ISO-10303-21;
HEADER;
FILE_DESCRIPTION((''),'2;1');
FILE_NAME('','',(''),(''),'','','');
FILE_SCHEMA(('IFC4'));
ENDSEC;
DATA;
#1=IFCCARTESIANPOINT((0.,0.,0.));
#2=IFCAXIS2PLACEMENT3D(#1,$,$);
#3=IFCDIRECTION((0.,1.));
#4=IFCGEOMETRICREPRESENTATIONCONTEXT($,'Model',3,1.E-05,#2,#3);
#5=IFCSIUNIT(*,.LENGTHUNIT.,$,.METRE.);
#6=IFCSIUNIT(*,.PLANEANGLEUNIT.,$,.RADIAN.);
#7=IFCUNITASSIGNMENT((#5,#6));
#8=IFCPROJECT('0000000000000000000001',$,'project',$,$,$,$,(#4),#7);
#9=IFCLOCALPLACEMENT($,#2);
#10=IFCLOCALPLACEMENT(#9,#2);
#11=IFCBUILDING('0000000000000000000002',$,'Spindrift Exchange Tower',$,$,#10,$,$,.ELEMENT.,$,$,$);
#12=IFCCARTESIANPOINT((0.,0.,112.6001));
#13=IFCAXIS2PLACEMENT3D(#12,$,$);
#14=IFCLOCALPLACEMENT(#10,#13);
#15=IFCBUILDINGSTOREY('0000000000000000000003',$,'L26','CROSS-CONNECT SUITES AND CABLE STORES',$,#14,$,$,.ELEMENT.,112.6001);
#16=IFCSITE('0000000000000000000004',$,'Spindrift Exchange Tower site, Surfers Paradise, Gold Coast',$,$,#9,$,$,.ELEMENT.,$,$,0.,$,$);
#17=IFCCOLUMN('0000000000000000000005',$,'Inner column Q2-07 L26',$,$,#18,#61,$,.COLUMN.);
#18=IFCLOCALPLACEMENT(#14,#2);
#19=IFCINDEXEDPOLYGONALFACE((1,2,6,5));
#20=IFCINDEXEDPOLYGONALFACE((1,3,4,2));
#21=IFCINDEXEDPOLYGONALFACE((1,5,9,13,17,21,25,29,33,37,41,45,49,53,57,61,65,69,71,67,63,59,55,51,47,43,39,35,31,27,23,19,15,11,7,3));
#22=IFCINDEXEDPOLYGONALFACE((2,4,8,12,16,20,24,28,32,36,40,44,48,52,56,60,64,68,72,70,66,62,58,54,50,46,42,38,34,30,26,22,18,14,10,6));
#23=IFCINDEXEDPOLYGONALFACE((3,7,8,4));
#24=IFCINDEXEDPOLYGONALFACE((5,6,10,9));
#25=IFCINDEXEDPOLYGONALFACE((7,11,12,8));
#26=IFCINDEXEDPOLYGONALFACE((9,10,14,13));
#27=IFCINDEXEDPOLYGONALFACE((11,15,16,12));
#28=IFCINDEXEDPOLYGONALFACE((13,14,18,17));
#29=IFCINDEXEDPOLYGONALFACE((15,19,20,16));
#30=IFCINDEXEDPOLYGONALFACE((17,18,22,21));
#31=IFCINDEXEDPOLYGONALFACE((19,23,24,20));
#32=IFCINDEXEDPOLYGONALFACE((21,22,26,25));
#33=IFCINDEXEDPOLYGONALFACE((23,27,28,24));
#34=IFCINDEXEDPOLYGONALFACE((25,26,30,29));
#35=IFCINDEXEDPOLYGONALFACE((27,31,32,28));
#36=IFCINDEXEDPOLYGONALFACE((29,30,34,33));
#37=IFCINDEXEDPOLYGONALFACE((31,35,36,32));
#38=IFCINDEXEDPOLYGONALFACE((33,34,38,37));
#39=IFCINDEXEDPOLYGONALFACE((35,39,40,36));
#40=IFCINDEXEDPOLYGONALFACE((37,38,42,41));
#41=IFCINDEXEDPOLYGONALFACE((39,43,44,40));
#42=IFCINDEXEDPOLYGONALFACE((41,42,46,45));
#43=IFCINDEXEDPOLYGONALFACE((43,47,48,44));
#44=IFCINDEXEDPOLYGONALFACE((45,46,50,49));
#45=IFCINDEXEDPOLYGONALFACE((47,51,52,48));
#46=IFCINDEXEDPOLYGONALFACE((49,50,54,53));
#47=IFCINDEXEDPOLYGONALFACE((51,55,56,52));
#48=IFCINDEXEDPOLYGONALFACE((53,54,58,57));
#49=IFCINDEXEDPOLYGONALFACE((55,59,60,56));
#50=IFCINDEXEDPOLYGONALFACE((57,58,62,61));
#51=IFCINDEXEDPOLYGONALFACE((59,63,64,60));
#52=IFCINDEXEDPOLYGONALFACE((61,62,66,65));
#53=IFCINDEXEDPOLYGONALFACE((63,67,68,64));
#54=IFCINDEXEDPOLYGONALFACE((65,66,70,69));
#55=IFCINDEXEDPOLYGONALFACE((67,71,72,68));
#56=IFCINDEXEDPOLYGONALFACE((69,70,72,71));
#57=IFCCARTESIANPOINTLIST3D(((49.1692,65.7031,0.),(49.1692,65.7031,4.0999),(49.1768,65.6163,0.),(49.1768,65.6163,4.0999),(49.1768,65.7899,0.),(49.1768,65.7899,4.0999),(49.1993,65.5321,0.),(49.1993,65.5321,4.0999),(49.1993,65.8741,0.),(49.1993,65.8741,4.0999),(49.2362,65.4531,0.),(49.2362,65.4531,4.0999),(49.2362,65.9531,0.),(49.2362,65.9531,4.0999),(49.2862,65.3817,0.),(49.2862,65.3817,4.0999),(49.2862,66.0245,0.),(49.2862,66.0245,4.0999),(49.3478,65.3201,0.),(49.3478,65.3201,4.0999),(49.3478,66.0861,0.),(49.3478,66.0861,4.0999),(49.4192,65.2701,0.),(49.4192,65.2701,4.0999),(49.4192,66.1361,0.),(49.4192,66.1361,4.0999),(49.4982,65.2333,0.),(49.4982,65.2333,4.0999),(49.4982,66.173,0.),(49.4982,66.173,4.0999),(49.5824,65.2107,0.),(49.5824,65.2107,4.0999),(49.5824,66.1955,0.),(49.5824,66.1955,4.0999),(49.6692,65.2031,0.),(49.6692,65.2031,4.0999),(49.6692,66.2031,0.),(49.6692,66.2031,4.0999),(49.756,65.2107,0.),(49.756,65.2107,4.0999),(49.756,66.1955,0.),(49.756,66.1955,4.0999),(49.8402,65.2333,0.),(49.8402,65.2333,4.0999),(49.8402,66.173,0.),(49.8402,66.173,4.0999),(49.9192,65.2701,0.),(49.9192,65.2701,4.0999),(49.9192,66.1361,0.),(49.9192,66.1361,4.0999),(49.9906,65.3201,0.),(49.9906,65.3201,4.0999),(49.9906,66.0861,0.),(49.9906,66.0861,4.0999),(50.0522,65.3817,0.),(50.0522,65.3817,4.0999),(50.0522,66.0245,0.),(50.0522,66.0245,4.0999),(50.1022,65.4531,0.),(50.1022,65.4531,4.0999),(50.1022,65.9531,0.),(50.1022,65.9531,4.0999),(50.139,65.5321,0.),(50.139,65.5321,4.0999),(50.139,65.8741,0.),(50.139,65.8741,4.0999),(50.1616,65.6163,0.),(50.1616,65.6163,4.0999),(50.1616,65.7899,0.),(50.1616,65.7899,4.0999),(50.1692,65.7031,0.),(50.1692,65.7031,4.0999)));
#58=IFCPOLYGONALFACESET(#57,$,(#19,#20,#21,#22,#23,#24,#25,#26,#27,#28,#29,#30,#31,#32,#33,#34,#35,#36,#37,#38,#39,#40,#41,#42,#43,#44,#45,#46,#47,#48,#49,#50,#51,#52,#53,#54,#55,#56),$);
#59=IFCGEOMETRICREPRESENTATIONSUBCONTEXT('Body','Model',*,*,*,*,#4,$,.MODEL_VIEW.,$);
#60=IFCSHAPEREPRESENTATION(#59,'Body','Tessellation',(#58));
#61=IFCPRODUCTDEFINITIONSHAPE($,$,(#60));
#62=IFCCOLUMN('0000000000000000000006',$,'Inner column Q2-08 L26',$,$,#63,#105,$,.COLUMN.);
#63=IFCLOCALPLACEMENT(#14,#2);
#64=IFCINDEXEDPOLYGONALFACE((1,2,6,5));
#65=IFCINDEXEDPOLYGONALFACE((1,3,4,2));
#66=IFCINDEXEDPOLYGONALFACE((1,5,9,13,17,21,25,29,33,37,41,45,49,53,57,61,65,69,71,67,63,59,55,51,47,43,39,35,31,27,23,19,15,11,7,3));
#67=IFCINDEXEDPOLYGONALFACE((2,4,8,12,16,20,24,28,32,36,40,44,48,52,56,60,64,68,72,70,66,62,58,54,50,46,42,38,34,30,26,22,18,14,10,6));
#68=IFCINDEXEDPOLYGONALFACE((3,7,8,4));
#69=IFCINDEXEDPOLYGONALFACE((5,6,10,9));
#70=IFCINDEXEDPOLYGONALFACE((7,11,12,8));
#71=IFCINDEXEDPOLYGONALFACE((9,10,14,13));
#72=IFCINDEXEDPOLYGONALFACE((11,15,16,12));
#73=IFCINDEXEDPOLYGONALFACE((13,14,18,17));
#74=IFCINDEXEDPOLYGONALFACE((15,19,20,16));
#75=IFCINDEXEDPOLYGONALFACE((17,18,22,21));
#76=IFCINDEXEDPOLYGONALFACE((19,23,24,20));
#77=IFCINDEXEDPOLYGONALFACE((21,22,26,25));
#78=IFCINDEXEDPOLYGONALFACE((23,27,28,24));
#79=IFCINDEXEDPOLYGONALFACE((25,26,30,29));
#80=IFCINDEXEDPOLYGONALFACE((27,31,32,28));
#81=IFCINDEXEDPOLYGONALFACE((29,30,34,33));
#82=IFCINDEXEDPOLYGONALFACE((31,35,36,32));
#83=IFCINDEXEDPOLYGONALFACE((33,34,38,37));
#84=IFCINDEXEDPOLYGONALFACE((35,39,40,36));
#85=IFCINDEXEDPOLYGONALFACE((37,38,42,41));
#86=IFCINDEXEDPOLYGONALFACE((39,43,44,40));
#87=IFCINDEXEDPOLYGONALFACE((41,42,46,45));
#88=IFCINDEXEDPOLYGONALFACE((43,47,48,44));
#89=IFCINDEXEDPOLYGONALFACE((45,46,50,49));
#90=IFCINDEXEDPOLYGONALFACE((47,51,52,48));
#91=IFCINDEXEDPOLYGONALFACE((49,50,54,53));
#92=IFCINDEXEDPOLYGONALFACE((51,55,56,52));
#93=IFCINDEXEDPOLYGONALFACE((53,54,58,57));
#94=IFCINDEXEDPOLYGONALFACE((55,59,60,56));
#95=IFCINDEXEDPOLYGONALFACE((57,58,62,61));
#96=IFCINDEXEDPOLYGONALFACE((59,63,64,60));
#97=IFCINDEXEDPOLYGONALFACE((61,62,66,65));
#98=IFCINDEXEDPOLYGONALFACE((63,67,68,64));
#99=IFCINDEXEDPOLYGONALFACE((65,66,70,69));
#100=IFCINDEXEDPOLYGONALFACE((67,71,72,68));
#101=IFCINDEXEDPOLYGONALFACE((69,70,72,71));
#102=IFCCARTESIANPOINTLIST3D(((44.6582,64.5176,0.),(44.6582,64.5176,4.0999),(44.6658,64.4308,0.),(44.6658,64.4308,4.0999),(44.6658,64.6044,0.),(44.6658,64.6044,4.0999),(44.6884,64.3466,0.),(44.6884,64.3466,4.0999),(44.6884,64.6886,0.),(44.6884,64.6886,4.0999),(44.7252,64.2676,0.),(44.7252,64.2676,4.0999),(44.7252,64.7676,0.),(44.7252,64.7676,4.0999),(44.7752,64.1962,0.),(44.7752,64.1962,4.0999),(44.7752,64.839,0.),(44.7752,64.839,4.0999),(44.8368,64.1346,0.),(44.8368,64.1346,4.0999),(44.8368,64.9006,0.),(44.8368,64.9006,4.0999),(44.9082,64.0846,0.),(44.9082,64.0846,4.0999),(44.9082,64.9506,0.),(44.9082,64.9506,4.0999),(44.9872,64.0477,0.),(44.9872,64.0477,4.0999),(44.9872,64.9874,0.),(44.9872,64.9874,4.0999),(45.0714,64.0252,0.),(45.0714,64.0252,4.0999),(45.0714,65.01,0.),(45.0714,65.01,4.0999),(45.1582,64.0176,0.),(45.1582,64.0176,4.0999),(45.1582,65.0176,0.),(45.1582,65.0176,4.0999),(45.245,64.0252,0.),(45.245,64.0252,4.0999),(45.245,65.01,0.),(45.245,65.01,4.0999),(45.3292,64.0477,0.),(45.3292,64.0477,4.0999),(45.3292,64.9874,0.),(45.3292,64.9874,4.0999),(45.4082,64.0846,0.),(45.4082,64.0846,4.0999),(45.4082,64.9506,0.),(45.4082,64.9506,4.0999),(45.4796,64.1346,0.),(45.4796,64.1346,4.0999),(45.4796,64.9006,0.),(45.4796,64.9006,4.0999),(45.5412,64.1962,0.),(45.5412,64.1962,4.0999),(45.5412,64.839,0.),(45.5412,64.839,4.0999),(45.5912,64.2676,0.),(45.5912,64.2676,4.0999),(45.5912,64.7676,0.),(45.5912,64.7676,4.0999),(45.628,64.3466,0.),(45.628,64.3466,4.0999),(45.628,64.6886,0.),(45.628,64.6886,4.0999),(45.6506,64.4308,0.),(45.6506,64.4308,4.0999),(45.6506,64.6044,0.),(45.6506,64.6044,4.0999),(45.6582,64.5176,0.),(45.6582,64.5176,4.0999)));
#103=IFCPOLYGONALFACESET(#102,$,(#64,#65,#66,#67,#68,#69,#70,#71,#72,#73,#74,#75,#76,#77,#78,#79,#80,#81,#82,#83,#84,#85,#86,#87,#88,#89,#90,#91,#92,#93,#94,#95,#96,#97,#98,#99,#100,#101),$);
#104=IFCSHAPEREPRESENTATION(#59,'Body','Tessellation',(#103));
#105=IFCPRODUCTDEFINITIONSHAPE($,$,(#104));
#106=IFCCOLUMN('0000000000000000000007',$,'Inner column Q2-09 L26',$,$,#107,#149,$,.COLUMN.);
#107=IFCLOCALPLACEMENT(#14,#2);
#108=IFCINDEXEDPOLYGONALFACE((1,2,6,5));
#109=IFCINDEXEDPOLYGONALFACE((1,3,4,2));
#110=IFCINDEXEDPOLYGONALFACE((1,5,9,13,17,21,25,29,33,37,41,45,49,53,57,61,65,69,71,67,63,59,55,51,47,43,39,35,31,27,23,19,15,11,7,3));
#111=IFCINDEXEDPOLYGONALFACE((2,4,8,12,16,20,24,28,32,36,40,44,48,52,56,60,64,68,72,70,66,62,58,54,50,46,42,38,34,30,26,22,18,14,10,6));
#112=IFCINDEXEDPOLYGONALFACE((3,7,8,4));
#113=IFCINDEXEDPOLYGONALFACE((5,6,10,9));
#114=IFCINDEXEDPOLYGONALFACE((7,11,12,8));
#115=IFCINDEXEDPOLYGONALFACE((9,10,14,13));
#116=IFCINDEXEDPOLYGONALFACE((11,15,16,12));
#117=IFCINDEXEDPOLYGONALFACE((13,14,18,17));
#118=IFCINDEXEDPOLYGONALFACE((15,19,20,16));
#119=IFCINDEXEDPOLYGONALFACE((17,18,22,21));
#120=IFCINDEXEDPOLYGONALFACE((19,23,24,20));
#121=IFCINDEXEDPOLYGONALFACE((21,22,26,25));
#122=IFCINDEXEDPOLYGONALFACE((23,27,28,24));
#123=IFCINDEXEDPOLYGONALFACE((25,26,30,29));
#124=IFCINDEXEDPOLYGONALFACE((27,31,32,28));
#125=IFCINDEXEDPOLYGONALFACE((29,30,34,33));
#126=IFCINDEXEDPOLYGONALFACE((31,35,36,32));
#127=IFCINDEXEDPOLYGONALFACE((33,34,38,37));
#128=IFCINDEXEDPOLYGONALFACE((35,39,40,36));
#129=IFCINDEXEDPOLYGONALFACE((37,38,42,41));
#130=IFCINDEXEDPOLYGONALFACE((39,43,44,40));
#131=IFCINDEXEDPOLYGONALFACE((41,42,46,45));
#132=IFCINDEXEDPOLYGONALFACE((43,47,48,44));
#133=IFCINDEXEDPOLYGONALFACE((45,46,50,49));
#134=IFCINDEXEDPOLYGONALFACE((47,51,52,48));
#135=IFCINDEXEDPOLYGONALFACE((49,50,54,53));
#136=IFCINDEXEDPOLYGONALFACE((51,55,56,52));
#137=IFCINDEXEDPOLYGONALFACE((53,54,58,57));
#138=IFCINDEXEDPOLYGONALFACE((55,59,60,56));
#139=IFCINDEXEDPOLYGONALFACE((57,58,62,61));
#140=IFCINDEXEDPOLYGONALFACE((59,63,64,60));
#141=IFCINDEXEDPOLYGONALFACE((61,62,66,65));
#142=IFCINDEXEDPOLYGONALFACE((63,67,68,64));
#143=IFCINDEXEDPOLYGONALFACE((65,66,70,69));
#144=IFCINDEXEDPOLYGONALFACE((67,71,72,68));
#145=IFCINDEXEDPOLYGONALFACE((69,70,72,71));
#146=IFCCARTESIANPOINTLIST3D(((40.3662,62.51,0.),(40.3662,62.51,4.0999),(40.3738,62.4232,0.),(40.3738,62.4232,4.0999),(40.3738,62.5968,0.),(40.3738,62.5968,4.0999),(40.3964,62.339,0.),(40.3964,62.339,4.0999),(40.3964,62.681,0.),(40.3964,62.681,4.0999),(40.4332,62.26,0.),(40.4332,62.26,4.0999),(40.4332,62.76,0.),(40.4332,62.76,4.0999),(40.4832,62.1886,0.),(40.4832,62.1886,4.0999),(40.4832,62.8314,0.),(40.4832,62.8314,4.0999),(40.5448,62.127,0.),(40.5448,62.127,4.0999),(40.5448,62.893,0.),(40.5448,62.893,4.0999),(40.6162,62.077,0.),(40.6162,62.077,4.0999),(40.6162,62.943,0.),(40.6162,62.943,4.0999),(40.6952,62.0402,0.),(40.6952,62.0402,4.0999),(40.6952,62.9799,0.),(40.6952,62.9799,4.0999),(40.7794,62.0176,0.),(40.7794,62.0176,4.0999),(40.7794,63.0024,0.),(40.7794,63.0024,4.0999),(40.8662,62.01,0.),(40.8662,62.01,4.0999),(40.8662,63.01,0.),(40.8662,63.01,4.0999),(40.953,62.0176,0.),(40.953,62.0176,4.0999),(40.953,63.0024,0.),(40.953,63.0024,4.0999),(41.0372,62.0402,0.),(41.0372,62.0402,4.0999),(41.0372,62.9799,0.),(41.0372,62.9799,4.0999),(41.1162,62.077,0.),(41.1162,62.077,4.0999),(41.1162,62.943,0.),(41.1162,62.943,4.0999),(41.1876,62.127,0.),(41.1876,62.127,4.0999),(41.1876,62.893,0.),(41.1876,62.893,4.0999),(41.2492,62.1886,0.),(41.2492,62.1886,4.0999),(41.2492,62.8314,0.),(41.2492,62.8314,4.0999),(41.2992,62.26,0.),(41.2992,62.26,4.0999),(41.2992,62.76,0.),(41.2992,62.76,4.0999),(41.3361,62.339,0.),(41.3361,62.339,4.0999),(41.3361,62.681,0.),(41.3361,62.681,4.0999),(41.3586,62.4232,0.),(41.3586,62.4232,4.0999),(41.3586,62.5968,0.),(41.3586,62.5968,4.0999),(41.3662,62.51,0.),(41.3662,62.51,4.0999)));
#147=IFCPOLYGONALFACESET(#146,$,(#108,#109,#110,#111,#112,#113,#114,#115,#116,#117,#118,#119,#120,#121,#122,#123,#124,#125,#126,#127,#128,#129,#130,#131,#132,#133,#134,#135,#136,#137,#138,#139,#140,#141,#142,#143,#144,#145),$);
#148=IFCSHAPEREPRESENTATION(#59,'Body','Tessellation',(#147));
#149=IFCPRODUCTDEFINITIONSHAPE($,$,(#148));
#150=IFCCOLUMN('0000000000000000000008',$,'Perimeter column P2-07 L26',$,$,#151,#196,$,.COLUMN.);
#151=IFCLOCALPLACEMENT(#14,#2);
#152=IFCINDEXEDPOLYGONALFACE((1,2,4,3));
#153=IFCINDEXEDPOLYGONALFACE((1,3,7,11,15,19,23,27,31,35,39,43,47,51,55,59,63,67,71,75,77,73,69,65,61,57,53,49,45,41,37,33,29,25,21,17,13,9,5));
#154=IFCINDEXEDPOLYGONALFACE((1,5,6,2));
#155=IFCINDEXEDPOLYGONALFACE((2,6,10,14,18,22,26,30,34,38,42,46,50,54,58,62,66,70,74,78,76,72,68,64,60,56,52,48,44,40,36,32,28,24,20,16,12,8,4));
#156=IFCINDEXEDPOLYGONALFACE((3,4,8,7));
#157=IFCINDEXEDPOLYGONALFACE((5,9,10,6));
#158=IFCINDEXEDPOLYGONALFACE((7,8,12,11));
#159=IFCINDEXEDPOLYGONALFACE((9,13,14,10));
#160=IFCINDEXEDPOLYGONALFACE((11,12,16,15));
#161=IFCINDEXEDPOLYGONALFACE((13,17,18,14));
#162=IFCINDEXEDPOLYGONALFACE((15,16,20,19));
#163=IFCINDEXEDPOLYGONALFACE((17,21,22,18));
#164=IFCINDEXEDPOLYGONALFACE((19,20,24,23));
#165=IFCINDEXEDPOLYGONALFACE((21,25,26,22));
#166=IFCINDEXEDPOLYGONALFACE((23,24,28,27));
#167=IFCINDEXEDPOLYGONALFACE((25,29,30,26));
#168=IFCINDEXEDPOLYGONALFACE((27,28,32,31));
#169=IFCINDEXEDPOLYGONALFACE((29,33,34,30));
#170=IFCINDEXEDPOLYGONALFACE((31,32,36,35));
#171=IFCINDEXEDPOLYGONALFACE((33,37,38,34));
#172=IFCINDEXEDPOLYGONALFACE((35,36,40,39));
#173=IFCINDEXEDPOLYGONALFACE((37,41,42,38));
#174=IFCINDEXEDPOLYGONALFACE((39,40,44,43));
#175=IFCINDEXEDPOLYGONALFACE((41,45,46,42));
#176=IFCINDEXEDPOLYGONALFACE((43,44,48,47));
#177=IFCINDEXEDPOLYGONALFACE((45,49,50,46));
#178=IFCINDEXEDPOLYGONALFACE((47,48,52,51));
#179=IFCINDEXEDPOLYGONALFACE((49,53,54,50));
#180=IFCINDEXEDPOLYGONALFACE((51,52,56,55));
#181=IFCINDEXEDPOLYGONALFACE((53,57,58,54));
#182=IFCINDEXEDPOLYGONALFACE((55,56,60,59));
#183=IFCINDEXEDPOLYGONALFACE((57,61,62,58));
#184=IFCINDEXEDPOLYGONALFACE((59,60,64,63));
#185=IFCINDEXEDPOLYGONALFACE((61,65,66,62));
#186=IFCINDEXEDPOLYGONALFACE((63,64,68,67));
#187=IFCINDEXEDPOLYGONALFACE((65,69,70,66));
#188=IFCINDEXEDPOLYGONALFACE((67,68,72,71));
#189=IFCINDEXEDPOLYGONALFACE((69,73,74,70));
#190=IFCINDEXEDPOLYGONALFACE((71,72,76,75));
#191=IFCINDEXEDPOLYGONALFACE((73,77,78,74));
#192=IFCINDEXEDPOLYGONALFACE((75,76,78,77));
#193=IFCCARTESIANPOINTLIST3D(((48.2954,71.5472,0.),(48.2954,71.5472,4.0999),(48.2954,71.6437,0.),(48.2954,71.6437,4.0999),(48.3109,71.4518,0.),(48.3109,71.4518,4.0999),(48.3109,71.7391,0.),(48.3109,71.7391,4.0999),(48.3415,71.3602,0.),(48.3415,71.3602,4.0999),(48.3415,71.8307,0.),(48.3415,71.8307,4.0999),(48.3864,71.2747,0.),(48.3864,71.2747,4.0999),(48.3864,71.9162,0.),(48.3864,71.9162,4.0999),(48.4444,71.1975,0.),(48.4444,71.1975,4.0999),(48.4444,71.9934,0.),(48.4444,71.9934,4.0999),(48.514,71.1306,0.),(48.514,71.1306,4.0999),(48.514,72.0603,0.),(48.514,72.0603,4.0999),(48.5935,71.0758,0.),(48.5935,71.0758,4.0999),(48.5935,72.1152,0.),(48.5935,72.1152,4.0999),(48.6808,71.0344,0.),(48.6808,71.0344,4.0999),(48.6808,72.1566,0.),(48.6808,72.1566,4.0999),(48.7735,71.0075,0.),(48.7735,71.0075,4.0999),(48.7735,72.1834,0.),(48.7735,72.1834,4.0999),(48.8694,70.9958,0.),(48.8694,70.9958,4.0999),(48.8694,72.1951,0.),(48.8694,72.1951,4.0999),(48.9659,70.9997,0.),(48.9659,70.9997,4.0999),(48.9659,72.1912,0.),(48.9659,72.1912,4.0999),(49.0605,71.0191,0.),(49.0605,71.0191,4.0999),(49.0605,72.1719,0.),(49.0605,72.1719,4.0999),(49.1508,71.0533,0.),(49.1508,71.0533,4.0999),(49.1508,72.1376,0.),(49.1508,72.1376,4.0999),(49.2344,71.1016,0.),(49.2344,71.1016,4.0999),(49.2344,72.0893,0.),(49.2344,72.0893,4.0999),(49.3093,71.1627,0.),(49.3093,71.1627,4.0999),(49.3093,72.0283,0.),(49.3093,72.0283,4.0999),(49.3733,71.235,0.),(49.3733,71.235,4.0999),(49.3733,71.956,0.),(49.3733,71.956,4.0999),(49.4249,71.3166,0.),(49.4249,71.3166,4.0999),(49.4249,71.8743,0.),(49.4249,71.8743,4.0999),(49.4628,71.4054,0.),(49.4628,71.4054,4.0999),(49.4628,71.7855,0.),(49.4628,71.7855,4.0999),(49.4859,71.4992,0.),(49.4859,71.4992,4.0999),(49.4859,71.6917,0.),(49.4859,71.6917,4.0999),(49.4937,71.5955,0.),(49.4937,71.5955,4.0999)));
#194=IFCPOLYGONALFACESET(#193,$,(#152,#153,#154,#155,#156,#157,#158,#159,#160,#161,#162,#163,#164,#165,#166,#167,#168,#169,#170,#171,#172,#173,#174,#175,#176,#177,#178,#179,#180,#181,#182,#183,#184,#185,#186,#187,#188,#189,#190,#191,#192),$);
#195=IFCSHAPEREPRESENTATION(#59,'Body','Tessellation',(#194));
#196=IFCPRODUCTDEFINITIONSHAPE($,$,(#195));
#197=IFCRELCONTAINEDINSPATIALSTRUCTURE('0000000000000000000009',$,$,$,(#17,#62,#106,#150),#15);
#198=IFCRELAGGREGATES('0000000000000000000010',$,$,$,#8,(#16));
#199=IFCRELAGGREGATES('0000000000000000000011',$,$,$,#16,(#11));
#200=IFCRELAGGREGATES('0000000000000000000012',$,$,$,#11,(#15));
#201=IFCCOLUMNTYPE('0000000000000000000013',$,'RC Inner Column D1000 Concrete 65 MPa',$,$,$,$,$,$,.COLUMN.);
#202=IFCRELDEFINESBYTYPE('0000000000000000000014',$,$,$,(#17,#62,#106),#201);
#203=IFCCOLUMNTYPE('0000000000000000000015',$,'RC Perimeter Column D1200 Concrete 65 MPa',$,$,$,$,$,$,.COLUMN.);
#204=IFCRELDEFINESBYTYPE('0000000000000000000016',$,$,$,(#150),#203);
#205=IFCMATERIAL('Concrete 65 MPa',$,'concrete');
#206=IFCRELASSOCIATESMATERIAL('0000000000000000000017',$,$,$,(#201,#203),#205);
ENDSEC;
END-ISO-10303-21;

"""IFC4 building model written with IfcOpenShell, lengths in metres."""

from ifc_helpers import new_model, si_unit, direction, frame, origin, origin_2d, place, context, subcontext, project, spatial, circle, extrude, source, transform, mapped, material, material_profile, profile_set, type_object, element, save


model = new_model("IFC4")

# Units and contexts
model_context = context("Model", 3, precision=1e-05, world=origin(), true_north=direction((0.0, 1.0)))
body_context = subcontext(model_context, "Body", "Model", "MODEL_VIEW")
ifc_project = project(units=[si_unit("LENGTHUNIT", "METRE"), si_unit("PLANEANGLEUNIT", "RADIAN")], contexts=[model_context])

# Site, building, storey
site_placement = place(None, origin())
site = spatial("IfcSite", under=ifc_project, at=site_placement, Name="Spindrift Exchange Tower site, Surfers Paradise, Gold Coast", CompositionType="ELEMENT", RefElevation=0.0)
building_placement = place(site_placement, origin())
building = spatial("IfcBuilding", under=site, at=building_placement, Name="Spindrift Exchange Tower", CompositionType="ELEMENT")
storey_placement = place(building_placement, frame((0.0, 0.0, 112.6001)))
storey = spatial("IfcBuildingStorey", under=building, at=storey_placement, Name="L26", Description="CROSS-CONNECT SUITES AND CABLE STORES", CompositionType="ELEMENT", Elevation=112.6001)

# Columns
ifc_material_1 = material(Name="Concrete 65 MPa", Category="concrete")
ifc_material_profile_1 = material_profile(ifc_material_1, circle(Radius=0.5, at=origin_2d()), Name="RC D1000")
ifc_profile_set_1 = profile_set([ifc_material_profile_1], Name="Concrete 65 MPa")
column_type_1 = type_object("IfcColumnType", Name="RC Inner Column D1000 Concrete 65 MPa", PredefinedType="COLUMN", material=ifc_profile_set_1)
shared_shape_1 = source(origin(), body_context, "Body", "SweptSolid", [
    extrude(circle(Radius=0.5, at=origin_2d()), origin(), (0.0, 0.0, 1.0), 4.0999),
])
for number, where, z_axis, x_axis, name in (
    (1, (49.6692, 65.7031, 0.0), (0.0, 0.0, 1.0), (1.0, 0.0, 0.0), "Inner column Q2-07 L26"),
    (2, (45.1582, 64.5176, 0.0), (0.0, 0.0, 1.0), (1.0, 0.0, 0.0), "Inner column Q2-08 L26"),
    (3, (40.8662, 62.51, 0.0), (0.0, 0.0, 1.0), (1.0, 0.0, 0.0), "Inner column Q2-09 L26"),
):
    element("IfcColumn", number, at=place(storey_placement, frame(where, z_axis=z_axis, x_axis=x_axis)), inside=storey, type_object=column_type_1, Name=name, PredefinedType="COLUMN", context=body_context, shape_type="MappedRepresentation", body=[
        mapped(shared_shape_1, transform((0.0, 0.0, 0.0), scale=1.0)),
    ])
ifc_material_profile_2 = material_profile(ifc_material_1, circle(Radius=0.6001, at=origin_2d()), Name="RC D1200")
ifc_profile_set_2 = profile_set([ifc_material_profile_2], Name="Concrete 65 MPa")
column_type_2 = type_object("IfcColumnType", Name="RC Perimeter Column D1200 Concrete 65 MPa", PredefinedType="COLUMN", material=ifc_profile_set_2)
shared_shape_2 = source(origin(), body_context, "Body", "SweptSolid", [
    extrude(circle(Radius=0.6001, at=origin_2d()), origin(), (0.0, 0.0, 1.0), 4.0999),
])
for number, where, z_axis, x_axis, name in (
    (4, (48.8936, 71.5955, 0.0), (0.0, 0.0, 1.0), (1.0, 0.0, 0.0), "Perimeter column P2-07 L26"),
):
    element("IfcColumn", number, at=place(storey_placement, frame(where, z_axis=z_axis, x_axis=x_axis)), inside=storey, type_object=column_type_2, Name=name, PredefinedType="COLUMN", context=body_context, shape_type="MappedRepresentation", body=[
        mapped(shared_shape_2, transform((0.0, 0.0, 0.0), scale=1.0)),
    ])

save(model, "model.ifc")
